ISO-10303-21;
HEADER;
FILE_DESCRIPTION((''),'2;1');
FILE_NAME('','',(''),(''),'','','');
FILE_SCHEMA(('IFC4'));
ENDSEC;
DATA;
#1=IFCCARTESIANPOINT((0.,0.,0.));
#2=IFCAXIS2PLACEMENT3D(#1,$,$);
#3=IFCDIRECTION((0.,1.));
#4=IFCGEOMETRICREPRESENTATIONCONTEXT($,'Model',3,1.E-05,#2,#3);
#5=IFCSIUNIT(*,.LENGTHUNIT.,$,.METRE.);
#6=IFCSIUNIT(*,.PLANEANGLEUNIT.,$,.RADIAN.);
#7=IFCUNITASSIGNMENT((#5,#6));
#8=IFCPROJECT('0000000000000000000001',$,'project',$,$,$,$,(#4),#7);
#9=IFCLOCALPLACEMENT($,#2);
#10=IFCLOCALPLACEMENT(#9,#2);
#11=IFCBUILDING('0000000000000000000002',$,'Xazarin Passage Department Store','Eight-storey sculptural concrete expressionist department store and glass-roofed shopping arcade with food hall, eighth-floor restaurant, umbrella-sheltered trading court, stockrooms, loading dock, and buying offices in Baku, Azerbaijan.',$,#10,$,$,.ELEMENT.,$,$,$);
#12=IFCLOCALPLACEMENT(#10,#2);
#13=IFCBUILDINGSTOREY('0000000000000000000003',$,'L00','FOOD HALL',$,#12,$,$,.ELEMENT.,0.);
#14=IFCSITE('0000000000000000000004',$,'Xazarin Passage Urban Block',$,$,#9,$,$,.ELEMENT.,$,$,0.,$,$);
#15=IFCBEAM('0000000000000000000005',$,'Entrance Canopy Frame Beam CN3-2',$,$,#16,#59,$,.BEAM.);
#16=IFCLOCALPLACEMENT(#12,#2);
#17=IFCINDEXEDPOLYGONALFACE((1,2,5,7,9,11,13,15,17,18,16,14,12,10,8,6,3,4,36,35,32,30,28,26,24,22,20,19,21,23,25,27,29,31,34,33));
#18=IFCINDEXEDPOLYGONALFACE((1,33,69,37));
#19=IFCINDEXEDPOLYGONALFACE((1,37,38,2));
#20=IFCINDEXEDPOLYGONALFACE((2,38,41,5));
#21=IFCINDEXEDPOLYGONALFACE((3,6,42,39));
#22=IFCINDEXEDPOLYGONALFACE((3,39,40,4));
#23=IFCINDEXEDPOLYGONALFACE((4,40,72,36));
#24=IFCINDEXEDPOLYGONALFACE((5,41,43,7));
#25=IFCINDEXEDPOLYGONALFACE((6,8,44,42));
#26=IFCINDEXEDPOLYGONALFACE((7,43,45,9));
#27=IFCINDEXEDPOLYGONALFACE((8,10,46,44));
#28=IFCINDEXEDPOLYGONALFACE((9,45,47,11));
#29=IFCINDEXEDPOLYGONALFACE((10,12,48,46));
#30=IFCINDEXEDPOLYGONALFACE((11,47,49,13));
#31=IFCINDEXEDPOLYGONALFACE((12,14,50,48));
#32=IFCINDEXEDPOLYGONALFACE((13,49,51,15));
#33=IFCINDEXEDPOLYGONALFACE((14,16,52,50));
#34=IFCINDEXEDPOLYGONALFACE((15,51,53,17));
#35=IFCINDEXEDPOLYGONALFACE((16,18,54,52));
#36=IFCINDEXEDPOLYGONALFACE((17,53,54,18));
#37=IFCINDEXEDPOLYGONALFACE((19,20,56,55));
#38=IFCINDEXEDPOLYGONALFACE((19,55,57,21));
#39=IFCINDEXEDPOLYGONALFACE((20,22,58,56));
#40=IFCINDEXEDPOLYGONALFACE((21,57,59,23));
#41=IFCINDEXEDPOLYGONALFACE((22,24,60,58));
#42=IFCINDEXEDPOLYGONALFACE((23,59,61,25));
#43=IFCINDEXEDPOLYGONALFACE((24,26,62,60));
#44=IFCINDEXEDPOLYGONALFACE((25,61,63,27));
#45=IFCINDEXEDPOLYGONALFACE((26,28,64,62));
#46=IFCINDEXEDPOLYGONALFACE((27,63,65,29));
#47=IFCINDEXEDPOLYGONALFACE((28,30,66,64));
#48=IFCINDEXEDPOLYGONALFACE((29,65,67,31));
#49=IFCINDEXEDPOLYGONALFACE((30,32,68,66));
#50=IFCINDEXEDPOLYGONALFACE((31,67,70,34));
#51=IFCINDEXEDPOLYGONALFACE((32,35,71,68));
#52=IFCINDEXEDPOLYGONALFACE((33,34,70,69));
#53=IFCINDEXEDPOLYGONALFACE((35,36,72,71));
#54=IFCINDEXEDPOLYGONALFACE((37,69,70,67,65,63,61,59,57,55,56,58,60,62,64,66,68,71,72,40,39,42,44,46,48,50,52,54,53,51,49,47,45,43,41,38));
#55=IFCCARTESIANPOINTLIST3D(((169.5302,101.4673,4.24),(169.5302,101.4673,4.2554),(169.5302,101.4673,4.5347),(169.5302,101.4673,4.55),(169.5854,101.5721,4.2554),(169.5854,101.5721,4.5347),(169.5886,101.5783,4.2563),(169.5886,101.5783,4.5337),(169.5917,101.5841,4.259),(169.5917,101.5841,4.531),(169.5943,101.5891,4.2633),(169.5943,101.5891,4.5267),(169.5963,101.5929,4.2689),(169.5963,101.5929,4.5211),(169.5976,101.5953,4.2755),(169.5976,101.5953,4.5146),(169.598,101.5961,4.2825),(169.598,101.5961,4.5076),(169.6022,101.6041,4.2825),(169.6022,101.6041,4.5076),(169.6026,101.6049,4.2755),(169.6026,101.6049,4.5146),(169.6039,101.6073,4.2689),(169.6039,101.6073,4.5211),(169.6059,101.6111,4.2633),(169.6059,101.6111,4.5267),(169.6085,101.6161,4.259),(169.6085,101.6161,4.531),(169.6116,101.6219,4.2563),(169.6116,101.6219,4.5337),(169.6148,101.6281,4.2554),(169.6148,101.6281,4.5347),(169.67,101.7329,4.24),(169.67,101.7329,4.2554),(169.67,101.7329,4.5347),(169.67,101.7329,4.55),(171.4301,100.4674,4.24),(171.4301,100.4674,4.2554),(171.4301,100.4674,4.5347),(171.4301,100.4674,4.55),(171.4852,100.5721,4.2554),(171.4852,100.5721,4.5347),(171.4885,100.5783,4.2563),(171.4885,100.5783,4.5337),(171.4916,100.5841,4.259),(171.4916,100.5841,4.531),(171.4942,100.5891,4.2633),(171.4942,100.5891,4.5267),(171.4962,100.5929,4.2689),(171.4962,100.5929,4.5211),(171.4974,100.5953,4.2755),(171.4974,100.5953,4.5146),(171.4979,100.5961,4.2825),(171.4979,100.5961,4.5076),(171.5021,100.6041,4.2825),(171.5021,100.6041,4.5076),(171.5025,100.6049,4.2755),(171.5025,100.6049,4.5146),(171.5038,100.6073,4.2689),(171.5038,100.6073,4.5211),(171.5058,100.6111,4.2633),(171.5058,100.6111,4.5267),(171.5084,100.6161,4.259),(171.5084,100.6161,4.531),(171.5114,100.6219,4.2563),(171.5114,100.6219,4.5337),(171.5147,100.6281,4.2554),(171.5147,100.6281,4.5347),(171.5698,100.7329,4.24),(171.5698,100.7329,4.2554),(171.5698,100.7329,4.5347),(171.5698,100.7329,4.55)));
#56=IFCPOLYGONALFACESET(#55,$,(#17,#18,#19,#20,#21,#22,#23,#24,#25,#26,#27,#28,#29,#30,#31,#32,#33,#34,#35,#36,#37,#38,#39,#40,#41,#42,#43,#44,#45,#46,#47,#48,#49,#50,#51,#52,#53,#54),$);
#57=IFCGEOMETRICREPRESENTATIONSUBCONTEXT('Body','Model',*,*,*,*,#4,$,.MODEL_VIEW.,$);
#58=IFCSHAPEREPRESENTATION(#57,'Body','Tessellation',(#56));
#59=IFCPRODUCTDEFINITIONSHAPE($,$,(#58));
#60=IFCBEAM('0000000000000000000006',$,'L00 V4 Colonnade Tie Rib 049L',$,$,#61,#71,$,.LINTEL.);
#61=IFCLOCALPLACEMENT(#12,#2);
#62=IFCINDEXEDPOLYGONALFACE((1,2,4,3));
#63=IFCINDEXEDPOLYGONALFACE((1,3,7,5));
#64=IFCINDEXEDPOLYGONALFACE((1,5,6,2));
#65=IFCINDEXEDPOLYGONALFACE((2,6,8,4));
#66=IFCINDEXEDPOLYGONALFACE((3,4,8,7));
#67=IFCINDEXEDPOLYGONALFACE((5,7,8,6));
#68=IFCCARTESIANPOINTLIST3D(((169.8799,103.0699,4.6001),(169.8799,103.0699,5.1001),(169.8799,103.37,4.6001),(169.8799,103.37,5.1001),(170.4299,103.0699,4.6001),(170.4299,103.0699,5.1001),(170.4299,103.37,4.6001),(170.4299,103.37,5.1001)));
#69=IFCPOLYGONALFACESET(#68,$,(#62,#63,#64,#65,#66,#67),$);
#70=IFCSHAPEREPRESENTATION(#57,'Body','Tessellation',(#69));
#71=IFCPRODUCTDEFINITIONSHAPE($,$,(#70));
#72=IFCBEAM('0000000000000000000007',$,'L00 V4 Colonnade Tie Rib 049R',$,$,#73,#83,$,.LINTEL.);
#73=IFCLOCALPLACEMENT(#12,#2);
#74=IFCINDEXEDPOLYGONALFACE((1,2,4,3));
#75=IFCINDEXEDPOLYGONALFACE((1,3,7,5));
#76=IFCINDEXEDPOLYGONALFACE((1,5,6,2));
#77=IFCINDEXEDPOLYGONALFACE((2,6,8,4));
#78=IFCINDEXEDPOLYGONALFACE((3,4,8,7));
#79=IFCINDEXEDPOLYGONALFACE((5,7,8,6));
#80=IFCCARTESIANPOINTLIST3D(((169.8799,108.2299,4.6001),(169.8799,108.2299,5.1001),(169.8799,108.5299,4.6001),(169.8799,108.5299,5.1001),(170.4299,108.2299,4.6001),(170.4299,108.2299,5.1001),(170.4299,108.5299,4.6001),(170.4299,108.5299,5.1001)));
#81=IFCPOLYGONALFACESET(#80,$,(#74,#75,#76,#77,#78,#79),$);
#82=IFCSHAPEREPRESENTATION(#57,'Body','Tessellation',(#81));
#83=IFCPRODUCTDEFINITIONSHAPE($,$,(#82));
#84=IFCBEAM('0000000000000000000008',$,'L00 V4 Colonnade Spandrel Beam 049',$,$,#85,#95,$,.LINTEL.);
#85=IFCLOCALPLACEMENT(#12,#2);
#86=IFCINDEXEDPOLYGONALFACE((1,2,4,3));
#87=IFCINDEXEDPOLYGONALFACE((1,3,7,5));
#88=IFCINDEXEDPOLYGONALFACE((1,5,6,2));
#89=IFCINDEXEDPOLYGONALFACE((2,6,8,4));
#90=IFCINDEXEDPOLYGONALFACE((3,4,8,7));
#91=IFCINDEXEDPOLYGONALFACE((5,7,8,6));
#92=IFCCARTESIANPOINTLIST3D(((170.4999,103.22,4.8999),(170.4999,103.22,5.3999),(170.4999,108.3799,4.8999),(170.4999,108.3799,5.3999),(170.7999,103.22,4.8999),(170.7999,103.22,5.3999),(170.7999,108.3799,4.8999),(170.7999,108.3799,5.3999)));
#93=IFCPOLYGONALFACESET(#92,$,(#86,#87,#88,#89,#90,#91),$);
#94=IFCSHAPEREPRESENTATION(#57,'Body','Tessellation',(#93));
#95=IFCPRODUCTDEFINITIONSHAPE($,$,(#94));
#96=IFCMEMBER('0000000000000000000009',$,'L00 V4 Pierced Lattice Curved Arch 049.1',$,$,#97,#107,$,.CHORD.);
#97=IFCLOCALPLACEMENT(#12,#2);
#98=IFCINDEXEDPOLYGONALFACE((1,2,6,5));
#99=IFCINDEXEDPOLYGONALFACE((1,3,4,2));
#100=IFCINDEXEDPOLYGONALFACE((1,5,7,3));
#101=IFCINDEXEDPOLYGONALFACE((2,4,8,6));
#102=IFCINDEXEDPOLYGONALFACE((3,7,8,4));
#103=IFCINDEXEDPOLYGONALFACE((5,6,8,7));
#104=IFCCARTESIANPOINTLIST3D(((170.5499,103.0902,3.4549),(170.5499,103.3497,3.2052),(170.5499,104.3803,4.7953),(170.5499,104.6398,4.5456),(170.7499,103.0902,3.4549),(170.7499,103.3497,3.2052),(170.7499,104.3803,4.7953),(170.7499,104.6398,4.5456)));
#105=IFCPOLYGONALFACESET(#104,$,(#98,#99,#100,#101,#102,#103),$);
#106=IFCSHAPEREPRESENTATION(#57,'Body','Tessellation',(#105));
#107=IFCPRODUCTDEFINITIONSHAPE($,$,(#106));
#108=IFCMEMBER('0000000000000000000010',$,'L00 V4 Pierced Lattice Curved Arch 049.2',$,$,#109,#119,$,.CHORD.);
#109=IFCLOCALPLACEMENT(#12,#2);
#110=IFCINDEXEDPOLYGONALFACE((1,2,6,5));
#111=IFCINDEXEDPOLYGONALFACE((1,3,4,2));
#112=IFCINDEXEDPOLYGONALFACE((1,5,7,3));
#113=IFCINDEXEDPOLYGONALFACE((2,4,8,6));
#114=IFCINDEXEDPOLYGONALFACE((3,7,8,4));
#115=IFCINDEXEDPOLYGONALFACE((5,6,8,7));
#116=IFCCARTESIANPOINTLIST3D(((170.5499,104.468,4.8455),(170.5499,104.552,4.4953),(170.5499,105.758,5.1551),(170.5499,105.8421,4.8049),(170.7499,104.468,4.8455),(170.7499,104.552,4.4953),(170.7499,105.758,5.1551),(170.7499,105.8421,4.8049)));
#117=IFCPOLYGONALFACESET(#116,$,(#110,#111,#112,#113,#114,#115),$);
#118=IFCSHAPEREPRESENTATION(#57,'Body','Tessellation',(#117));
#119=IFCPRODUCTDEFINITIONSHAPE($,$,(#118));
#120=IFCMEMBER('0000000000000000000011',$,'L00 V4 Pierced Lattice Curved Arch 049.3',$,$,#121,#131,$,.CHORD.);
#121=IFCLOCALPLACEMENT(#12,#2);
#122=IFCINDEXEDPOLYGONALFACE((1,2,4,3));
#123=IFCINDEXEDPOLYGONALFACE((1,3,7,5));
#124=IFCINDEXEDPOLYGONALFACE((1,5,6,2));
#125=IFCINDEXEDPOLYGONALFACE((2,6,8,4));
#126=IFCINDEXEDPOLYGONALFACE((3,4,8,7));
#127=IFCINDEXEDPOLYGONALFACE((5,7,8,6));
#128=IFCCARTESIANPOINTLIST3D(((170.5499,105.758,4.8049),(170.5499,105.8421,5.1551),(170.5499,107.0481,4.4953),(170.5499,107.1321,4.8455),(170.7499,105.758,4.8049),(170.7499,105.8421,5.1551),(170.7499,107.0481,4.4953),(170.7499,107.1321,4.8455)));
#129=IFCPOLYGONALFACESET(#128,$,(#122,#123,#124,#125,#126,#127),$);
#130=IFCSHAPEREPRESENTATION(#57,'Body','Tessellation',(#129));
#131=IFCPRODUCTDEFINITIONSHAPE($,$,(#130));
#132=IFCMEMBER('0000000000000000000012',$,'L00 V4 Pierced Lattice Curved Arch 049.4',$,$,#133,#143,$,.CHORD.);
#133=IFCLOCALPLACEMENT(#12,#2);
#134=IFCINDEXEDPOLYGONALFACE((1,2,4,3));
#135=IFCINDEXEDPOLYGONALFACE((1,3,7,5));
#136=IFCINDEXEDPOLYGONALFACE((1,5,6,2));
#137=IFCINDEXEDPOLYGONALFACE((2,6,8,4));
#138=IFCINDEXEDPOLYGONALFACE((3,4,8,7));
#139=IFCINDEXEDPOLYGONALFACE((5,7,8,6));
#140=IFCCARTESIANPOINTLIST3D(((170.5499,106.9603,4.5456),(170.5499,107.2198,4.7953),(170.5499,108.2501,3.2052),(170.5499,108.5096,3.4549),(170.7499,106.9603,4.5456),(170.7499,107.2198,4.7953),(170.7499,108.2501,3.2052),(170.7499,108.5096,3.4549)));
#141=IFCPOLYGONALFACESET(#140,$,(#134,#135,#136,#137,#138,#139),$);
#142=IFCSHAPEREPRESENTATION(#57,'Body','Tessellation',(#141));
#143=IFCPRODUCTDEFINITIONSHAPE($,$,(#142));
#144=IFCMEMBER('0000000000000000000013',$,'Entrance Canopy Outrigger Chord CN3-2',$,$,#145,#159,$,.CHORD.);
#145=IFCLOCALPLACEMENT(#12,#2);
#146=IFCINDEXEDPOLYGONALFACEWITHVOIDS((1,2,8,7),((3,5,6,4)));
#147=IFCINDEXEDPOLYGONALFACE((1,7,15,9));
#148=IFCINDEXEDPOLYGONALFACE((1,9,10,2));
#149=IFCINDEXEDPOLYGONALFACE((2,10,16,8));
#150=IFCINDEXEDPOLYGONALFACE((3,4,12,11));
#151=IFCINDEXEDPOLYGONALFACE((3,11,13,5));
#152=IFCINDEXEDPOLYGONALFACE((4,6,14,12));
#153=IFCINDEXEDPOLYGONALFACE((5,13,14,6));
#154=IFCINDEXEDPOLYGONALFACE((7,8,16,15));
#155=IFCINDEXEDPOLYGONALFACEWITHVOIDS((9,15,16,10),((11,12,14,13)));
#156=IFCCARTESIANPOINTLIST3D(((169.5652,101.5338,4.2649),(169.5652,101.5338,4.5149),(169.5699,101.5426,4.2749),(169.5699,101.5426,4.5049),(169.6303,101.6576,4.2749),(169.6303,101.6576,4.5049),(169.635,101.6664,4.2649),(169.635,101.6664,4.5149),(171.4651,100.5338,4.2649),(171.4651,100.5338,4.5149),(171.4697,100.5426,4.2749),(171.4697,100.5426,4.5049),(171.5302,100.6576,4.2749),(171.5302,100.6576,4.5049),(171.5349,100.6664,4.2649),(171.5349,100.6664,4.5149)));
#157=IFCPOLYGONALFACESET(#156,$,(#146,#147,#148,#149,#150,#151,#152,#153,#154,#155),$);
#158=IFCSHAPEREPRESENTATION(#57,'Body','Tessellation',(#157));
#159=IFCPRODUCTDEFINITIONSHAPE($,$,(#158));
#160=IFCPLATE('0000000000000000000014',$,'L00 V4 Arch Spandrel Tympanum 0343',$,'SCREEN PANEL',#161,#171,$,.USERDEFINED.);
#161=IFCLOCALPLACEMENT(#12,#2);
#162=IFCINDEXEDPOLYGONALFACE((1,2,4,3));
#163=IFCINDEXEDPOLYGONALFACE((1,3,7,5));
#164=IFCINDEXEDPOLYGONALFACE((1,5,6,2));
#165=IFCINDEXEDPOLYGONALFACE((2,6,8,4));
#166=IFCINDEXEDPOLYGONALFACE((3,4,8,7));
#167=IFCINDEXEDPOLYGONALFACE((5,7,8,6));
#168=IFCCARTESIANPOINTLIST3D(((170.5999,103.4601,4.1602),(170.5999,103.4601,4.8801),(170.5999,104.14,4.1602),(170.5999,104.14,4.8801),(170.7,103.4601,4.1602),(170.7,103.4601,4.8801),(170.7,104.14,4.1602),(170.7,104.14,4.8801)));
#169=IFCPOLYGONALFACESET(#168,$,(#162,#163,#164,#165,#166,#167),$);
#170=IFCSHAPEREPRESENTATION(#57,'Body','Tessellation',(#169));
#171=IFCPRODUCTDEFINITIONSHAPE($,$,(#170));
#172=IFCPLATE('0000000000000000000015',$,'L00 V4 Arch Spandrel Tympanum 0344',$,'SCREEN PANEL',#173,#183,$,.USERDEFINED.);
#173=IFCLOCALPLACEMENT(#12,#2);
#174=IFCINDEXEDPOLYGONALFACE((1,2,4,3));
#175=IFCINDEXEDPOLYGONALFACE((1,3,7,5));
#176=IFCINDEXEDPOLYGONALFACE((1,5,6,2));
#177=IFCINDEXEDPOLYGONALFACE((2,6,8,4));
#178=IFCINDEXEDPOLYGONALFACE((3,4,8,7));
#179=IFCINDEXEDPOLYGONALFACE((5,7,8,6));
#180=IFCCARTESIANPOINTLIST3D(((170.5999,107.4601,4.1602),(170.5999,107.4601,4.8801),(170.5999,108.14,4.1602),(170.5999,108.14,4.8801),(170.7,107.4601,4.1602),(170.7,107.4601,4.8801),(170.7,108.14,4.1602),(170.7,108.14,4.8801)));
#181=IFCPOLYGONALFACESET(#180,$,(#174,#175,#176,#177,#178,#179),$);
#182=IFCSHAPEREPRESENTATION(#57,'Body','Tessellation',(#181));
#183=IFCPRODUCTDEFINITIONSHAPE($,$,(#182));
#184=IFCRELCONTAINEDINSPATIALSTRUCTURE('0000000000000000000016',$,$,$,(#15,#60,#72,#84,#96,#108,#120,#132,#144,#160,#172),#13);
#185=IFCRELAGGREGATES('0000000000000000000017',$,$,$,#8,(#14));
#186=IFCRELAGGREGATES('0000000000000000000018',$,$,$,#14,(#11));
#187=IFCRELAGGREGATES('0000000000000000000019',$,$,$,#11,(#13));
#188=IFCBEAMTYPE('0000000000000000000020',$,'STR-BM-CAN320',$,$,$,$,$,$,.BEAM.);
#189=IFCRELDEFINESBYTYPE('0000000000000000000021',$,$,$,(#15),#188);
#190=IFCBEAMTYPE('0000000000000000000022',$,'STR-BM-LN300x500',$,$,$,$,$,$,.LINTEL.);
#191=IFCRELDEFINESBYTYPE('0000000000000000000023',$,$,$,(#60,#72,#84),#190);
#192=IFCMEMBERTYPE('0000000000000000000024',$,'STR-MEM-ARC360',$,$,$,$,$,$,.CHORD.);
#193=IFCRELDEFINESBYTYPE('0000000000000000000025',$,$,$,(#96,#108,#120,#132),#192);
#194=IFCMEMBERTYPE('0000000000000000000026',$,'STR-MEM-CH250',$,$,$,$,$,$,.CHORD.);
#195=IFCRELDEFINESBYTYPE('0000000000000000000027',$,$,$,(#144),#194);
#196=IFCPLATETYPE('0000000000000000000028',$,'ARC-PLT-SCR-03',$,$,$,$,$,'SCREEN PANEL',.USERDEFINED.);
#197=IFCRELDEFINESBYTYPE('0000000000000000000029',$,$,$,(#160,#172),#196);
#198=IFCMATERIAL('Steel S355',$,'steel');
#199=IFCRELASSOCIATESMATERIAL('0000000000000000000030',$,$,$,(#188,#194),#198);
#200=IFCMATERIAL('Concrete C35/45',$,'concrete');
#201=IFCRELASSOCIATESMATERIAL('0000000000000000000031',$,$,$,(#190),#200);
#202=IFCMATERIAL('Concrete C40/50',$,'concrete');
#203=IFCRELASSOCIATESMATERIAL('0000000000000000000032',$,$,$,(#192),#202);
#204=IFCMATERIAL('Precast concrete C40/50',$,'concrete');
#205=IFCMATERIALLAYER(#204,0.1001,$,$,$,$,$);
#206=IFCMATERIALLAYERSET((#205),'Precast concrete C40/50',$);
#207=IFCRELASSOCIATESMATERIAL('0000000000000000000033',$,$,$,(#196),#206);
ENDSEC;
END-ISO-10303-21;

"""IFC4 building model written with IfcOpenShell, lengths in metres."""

from ifc_helpers import new_model, si_unit, direction, frame, origin, origin_2d, place, context, subcontext, project, spatial, rectangle, hollow_rectangle, i_section, extrude, material, layer, layer_set, material_profile, profile_set, type_object, element, save


model = new_model("IFC4")

# Units and contexts
model_context = context("Model", 3, precision=1e-05, world=origin(), true_north=direction((0.0, 1.0)))
body_context = subcontext(model_context, "Body", "Model", "MODEL_VIEW")
ifc_project = project(units=[si_unit("LENGTHUNIT", "METRE"), si_unit("PLANEANGLEUNIT", "RADIAN")], contexts=[model_context])

# Site, building, storey
site_placement = place(None, origin())
site = spatial("IfcSite", under=ifc_project, at=site_placement, Name="Xazarin Passage Urban Block", CompositionType="ELEMENT", RefElevation=0.0)
building_placement = place(site_placement, origin())
building = spatial("IfcBuilding", under=site, at=building_placement, Name="Xazarin Passage Department Store", Description="Eight-storey sculptural concrete expressionist department store and glass-roofed shopping arcade with food hall, eighth-floor restaurant, umbrella-sheltered trading court, stockrooms, loading dock, and buying offices in Baku, Azerbaijan.", CompositionType="ELEMENT")
storey_placement = place(building_placement, origin())
storey = spatial("IfcBuildingStorey", under=building, at=storey_placement, Name="L00", Description="FOOD HALL", CompositionType="ELEMENT", Elevation=0.0)

# Shared definitions
ifc_material_1 = material(Name="Concrete C35/45", Category="concrete")

# Shared definitions
ifc_material_2 = material(Name="Concrete C40/50", Category="concrete")

# Beams
ifc_material_3 = material(Name="Steel S355", Category="steel")
ifc_material_profile_1 = material_profile(ifc_material_3, i_section(OverallWidth=0.3, OverallDepth=0.3101, WebThickness=0.009, FlangeThickness=0.0154, FilletRadius=0.0271, at=origin_2d()), Name="HEA 320")
ifc_profile_set_1 = profile_set([ifc_material_profile_1], Name="Steel S355")
beam_type_1 = type_object("IfcBeamType", Name="STR-BM-CAN320", PredefinedType="BEAM", material=ifc_profile_set_1)
beam_1_placement = place(storey_placement, frame((169.6001, 101.6001, 4.395), z_axis=(0.884908, -0.465765, 0.0), x_axis=(0.465765, 0.884908, 0.0)))
element("IfcBeam", 1, at=beam_1_placement, inside=storey, type_object=beam_type_1, Name="Entrance Canopy Frame Beam CN3-2", PredefinedType="BEAM", context=body_context, shape_type="SweptSolid", body=[
    extrude(i_section(OverallWidth=0.3, OverallDepth=0.3101, WebThickness=0.009, FlangeThickness=0.0154, FilletRadius=0.0271, at=origin_2d()), origin(), (0.0, 0.0, 1.0), 2.147),
])
ifc_material_profile_2 = material_profile(ifc_material_1, rectangle(XDim=0.3, YDim=0.5, at=origin_2d()), Name="RC 300x500")
ifc_profile_set_2 = profile_set([ifc_material_profile_2], Name="Concrete C35/45")
beam_type_2 = type_object("IfcBeamType", Name="STR-BM-LN300x500", PredefinedType="LINTEL", material=ifc_profile_set_2)
for number, where, z_axis, x_axis, name in (
    (2, (169.8799, 103.22, 4.8501), (1.0, 0.0, 0.0), (0.0, 1.0, 0.0), "L00 V4 Colonnade Tie Rib 049L"),
    (3, (169.8799, 108.3799, 4.8501), (1.0, 0.0, 0.0), (0.0, 1.0, 0.0), "L00 V4 Colonnade Tie Rib 049R"),
):
    element("IfcBeam", number, at=place(storey_placement, frame(where, z_axis=z_axis, x_axis=x_axis)), inside=storey, type_object=beam_type_2, Name=name, PredefinedType="LINTEL", context=body_context, shape_type="SweptSolid", body=[
        extrude(rectangle(XDim=0.3, YDim=0.5, at=origin_2d()), origin(), (0.0, 0.0, 1.0), 0.55),
    ])
beam_2_placement = place(storey_placement, frame((170.6499, 103.22, 5.1499), z_axis=(0.0, 1.0, 0.0), x_axis=(-1.0, 0.0, 0.0)))
element("IfcBeam", 4, at=beam_2_placement, inside=storey, type_object=beam_type_2, Name="L00 V4 Colonnade Spandrel Beam 049", PredefinedType="LINTEL", context=body_context, shape_type="SweptSolid", body=[
    extrude(rectangle(XDim=0.3, YDim=0.5, at=origin_2d()), origin(), (0.0, 0.0, 1.0), 5.1599),
])

# Members
ifc_material_profile_3 = material_profile(ifc_material_2, rectangle(XDim=0.2, YDim=0.3601, at=origin_2d()), Name="RC 200x360")
ifc_profile_set_3 = profile_set([ifc_material_profile_3], Name="Concrete C40/50")
member_type_1 = type_object("IfcMemberType", Name="STR-MEM-ARC360", PredefinedType="CHORD", material=ifc_profile_set_3)
member_1_placement = place(storey_placement, frame((170.6499, 103.22, 3.3301), z_axis=(0.0, 0.69346, 0.720495), x_axis=(-1.0, 0.0, 0.0)))
element("IfcMember", 5, at=member_1_placement, inside=storey, type_object=member_type_1, Name="L00 V4 Pierced Lattice Curved Arch 049.1", PredefinedType="CHORD", context=body_context, shape_type="SweptSolid", body=[
    extrude(rectangle(XDim=0.2, YDim=0.3601, at=origin_2d()), origin(), (0.0, 0.0, 1.0), 1.8604),
])
for number, where, z_axis, x_axis, name in (
    (6, (170.6499, 104.51, 4.6704), (0.0, 0.972394, 0.233345), (-1.0, 0.0, 0.0), "L00 V4 Pierced Lattice Curved Arch 049.2"),
    (7, (170.6499, 105.8, 4.98), (0.0, 0.972394, -0.233345), (-1.0, 0.0, 0.0), "L00 V4 Pierced Lattice Curved Arch 049.3"),
):
    element("IfcMember", number, at=place(storey_placement, frame(where, z_axis=z_axis, x_axis=x_axis)), inside=storey, type_object=member_type_1, Name=name, PredefinedType="CHORD", context=body_context, shape_type="SweptSolid", body=[
        extrude(rectangle(XDim=0.2, YDim=0.3601, at=origin_2d()), origin(), (0.0, 0.0, 1.0), 1.3267),
    ])
member_2_placement = place(storey_placement, frame((170.6499, 107.0901, 4.6704), z_axis=(0.0, 0.693392, -0.720561), x_axis=(-1.0, 0.0, 0.0)))
element("IfcMember", 8, at=member_2_placement, inside=storey, type_object=member_type_1, Name="L00 V4 Pierced Lattice Curved Arch 049.4", PredefinedType="CHORD", context=body_context, shape_type="SweptSolid", body=[
    extrude(rectangle(XDim=0.2, YDim=0.3601, at=origin_2d()), origin(), (0.0, 0.0, 1.0), 1.8601),
])
ifc_material_profile_4 = material_profile(ifc_material_3, hollow_rectangle(XDim=0.1499, YDim=0.25, WallThickness=0.01, at=origin_2d()), Name="RHS 250x150x10")
ifc_profile_set_4 = profile_set([ifc_material_profile_4], Name="Steel S355")
member_type_2 = type_object("IfcMemberType", Name="STR-MEM-CH250", PredefinedType="CHORD", material=ifc_profile_set_4)
member_3_placement = place(storey_placement, frame((169.6001, 101.6001, 4.3899), z_axis=(0.884908, -0.465765, 0.0), x_axis=(0.465765, 0.884908, 0.0)))
element("IfcMember", 9, at=member_3_placement, inside=storey, type_object=member_type_2, Name="Entrance Canopy Outrigger Chord CN3-2", PredefinedType="CHORD", context=body_context, shape_type="SweptSolid", body=[
    extrude(hollow_rectangle(XDim=0.1499, YDim=0.25, WallThickness=0.01, at=origin_2d()), origin(), (0.0, 0.0, 1.0), 2.147),
])

# Plates
ifc_material_4 = material(Name="Precast concrete C40/50", Category="concrete")
ifc_layer_1 = layer(ifc_material_4, 0.1001)
ifc_layer_set_1 = layer_set([ifc_layer_1], Name="Precast concrete C40/50")
plate_type_1 = type_object("IfcPlateType", Name="ARC-PLT-SCR-03", ElementType="SCREEN PANEL", PredefinedType="USERDEFINED", material=ifc_layer_set_1)
for number, where, z_axis, x_axis, name in (
    (10, (170.6499, 103.8, 4.1602), (0.0, 0.0, 1.0), (0.0, 1.0, 0.0), "L00 V4 Arch Spandrel Tympanum 0343"),
    (11, (170.6499, 107.8, 4.1602), (0.0, 0.0, 1.0), (0.0, 1.0, 0.0), "L00 V4 Arch Spandrel Tympanum 0344"),
):
    element("IfcPlate", number, at=place(storey_placement, frame(where, z_axis=z_axis, x_axis=x_axis)), inside=storey, type_object=plate_type_1, Name=name, ObjectType="SCREEN PANEL", PredefinedType="USERDEFINED", context=body_context, shape_type="SweptSolid", body=[
        extrude(rectangle(XDim=0.6799, YDim=0.1001, at=origin_2d()), origin(), (0.0, 0.0, 1.0), 0.72),
    ])

save(model, "model.ifc")
